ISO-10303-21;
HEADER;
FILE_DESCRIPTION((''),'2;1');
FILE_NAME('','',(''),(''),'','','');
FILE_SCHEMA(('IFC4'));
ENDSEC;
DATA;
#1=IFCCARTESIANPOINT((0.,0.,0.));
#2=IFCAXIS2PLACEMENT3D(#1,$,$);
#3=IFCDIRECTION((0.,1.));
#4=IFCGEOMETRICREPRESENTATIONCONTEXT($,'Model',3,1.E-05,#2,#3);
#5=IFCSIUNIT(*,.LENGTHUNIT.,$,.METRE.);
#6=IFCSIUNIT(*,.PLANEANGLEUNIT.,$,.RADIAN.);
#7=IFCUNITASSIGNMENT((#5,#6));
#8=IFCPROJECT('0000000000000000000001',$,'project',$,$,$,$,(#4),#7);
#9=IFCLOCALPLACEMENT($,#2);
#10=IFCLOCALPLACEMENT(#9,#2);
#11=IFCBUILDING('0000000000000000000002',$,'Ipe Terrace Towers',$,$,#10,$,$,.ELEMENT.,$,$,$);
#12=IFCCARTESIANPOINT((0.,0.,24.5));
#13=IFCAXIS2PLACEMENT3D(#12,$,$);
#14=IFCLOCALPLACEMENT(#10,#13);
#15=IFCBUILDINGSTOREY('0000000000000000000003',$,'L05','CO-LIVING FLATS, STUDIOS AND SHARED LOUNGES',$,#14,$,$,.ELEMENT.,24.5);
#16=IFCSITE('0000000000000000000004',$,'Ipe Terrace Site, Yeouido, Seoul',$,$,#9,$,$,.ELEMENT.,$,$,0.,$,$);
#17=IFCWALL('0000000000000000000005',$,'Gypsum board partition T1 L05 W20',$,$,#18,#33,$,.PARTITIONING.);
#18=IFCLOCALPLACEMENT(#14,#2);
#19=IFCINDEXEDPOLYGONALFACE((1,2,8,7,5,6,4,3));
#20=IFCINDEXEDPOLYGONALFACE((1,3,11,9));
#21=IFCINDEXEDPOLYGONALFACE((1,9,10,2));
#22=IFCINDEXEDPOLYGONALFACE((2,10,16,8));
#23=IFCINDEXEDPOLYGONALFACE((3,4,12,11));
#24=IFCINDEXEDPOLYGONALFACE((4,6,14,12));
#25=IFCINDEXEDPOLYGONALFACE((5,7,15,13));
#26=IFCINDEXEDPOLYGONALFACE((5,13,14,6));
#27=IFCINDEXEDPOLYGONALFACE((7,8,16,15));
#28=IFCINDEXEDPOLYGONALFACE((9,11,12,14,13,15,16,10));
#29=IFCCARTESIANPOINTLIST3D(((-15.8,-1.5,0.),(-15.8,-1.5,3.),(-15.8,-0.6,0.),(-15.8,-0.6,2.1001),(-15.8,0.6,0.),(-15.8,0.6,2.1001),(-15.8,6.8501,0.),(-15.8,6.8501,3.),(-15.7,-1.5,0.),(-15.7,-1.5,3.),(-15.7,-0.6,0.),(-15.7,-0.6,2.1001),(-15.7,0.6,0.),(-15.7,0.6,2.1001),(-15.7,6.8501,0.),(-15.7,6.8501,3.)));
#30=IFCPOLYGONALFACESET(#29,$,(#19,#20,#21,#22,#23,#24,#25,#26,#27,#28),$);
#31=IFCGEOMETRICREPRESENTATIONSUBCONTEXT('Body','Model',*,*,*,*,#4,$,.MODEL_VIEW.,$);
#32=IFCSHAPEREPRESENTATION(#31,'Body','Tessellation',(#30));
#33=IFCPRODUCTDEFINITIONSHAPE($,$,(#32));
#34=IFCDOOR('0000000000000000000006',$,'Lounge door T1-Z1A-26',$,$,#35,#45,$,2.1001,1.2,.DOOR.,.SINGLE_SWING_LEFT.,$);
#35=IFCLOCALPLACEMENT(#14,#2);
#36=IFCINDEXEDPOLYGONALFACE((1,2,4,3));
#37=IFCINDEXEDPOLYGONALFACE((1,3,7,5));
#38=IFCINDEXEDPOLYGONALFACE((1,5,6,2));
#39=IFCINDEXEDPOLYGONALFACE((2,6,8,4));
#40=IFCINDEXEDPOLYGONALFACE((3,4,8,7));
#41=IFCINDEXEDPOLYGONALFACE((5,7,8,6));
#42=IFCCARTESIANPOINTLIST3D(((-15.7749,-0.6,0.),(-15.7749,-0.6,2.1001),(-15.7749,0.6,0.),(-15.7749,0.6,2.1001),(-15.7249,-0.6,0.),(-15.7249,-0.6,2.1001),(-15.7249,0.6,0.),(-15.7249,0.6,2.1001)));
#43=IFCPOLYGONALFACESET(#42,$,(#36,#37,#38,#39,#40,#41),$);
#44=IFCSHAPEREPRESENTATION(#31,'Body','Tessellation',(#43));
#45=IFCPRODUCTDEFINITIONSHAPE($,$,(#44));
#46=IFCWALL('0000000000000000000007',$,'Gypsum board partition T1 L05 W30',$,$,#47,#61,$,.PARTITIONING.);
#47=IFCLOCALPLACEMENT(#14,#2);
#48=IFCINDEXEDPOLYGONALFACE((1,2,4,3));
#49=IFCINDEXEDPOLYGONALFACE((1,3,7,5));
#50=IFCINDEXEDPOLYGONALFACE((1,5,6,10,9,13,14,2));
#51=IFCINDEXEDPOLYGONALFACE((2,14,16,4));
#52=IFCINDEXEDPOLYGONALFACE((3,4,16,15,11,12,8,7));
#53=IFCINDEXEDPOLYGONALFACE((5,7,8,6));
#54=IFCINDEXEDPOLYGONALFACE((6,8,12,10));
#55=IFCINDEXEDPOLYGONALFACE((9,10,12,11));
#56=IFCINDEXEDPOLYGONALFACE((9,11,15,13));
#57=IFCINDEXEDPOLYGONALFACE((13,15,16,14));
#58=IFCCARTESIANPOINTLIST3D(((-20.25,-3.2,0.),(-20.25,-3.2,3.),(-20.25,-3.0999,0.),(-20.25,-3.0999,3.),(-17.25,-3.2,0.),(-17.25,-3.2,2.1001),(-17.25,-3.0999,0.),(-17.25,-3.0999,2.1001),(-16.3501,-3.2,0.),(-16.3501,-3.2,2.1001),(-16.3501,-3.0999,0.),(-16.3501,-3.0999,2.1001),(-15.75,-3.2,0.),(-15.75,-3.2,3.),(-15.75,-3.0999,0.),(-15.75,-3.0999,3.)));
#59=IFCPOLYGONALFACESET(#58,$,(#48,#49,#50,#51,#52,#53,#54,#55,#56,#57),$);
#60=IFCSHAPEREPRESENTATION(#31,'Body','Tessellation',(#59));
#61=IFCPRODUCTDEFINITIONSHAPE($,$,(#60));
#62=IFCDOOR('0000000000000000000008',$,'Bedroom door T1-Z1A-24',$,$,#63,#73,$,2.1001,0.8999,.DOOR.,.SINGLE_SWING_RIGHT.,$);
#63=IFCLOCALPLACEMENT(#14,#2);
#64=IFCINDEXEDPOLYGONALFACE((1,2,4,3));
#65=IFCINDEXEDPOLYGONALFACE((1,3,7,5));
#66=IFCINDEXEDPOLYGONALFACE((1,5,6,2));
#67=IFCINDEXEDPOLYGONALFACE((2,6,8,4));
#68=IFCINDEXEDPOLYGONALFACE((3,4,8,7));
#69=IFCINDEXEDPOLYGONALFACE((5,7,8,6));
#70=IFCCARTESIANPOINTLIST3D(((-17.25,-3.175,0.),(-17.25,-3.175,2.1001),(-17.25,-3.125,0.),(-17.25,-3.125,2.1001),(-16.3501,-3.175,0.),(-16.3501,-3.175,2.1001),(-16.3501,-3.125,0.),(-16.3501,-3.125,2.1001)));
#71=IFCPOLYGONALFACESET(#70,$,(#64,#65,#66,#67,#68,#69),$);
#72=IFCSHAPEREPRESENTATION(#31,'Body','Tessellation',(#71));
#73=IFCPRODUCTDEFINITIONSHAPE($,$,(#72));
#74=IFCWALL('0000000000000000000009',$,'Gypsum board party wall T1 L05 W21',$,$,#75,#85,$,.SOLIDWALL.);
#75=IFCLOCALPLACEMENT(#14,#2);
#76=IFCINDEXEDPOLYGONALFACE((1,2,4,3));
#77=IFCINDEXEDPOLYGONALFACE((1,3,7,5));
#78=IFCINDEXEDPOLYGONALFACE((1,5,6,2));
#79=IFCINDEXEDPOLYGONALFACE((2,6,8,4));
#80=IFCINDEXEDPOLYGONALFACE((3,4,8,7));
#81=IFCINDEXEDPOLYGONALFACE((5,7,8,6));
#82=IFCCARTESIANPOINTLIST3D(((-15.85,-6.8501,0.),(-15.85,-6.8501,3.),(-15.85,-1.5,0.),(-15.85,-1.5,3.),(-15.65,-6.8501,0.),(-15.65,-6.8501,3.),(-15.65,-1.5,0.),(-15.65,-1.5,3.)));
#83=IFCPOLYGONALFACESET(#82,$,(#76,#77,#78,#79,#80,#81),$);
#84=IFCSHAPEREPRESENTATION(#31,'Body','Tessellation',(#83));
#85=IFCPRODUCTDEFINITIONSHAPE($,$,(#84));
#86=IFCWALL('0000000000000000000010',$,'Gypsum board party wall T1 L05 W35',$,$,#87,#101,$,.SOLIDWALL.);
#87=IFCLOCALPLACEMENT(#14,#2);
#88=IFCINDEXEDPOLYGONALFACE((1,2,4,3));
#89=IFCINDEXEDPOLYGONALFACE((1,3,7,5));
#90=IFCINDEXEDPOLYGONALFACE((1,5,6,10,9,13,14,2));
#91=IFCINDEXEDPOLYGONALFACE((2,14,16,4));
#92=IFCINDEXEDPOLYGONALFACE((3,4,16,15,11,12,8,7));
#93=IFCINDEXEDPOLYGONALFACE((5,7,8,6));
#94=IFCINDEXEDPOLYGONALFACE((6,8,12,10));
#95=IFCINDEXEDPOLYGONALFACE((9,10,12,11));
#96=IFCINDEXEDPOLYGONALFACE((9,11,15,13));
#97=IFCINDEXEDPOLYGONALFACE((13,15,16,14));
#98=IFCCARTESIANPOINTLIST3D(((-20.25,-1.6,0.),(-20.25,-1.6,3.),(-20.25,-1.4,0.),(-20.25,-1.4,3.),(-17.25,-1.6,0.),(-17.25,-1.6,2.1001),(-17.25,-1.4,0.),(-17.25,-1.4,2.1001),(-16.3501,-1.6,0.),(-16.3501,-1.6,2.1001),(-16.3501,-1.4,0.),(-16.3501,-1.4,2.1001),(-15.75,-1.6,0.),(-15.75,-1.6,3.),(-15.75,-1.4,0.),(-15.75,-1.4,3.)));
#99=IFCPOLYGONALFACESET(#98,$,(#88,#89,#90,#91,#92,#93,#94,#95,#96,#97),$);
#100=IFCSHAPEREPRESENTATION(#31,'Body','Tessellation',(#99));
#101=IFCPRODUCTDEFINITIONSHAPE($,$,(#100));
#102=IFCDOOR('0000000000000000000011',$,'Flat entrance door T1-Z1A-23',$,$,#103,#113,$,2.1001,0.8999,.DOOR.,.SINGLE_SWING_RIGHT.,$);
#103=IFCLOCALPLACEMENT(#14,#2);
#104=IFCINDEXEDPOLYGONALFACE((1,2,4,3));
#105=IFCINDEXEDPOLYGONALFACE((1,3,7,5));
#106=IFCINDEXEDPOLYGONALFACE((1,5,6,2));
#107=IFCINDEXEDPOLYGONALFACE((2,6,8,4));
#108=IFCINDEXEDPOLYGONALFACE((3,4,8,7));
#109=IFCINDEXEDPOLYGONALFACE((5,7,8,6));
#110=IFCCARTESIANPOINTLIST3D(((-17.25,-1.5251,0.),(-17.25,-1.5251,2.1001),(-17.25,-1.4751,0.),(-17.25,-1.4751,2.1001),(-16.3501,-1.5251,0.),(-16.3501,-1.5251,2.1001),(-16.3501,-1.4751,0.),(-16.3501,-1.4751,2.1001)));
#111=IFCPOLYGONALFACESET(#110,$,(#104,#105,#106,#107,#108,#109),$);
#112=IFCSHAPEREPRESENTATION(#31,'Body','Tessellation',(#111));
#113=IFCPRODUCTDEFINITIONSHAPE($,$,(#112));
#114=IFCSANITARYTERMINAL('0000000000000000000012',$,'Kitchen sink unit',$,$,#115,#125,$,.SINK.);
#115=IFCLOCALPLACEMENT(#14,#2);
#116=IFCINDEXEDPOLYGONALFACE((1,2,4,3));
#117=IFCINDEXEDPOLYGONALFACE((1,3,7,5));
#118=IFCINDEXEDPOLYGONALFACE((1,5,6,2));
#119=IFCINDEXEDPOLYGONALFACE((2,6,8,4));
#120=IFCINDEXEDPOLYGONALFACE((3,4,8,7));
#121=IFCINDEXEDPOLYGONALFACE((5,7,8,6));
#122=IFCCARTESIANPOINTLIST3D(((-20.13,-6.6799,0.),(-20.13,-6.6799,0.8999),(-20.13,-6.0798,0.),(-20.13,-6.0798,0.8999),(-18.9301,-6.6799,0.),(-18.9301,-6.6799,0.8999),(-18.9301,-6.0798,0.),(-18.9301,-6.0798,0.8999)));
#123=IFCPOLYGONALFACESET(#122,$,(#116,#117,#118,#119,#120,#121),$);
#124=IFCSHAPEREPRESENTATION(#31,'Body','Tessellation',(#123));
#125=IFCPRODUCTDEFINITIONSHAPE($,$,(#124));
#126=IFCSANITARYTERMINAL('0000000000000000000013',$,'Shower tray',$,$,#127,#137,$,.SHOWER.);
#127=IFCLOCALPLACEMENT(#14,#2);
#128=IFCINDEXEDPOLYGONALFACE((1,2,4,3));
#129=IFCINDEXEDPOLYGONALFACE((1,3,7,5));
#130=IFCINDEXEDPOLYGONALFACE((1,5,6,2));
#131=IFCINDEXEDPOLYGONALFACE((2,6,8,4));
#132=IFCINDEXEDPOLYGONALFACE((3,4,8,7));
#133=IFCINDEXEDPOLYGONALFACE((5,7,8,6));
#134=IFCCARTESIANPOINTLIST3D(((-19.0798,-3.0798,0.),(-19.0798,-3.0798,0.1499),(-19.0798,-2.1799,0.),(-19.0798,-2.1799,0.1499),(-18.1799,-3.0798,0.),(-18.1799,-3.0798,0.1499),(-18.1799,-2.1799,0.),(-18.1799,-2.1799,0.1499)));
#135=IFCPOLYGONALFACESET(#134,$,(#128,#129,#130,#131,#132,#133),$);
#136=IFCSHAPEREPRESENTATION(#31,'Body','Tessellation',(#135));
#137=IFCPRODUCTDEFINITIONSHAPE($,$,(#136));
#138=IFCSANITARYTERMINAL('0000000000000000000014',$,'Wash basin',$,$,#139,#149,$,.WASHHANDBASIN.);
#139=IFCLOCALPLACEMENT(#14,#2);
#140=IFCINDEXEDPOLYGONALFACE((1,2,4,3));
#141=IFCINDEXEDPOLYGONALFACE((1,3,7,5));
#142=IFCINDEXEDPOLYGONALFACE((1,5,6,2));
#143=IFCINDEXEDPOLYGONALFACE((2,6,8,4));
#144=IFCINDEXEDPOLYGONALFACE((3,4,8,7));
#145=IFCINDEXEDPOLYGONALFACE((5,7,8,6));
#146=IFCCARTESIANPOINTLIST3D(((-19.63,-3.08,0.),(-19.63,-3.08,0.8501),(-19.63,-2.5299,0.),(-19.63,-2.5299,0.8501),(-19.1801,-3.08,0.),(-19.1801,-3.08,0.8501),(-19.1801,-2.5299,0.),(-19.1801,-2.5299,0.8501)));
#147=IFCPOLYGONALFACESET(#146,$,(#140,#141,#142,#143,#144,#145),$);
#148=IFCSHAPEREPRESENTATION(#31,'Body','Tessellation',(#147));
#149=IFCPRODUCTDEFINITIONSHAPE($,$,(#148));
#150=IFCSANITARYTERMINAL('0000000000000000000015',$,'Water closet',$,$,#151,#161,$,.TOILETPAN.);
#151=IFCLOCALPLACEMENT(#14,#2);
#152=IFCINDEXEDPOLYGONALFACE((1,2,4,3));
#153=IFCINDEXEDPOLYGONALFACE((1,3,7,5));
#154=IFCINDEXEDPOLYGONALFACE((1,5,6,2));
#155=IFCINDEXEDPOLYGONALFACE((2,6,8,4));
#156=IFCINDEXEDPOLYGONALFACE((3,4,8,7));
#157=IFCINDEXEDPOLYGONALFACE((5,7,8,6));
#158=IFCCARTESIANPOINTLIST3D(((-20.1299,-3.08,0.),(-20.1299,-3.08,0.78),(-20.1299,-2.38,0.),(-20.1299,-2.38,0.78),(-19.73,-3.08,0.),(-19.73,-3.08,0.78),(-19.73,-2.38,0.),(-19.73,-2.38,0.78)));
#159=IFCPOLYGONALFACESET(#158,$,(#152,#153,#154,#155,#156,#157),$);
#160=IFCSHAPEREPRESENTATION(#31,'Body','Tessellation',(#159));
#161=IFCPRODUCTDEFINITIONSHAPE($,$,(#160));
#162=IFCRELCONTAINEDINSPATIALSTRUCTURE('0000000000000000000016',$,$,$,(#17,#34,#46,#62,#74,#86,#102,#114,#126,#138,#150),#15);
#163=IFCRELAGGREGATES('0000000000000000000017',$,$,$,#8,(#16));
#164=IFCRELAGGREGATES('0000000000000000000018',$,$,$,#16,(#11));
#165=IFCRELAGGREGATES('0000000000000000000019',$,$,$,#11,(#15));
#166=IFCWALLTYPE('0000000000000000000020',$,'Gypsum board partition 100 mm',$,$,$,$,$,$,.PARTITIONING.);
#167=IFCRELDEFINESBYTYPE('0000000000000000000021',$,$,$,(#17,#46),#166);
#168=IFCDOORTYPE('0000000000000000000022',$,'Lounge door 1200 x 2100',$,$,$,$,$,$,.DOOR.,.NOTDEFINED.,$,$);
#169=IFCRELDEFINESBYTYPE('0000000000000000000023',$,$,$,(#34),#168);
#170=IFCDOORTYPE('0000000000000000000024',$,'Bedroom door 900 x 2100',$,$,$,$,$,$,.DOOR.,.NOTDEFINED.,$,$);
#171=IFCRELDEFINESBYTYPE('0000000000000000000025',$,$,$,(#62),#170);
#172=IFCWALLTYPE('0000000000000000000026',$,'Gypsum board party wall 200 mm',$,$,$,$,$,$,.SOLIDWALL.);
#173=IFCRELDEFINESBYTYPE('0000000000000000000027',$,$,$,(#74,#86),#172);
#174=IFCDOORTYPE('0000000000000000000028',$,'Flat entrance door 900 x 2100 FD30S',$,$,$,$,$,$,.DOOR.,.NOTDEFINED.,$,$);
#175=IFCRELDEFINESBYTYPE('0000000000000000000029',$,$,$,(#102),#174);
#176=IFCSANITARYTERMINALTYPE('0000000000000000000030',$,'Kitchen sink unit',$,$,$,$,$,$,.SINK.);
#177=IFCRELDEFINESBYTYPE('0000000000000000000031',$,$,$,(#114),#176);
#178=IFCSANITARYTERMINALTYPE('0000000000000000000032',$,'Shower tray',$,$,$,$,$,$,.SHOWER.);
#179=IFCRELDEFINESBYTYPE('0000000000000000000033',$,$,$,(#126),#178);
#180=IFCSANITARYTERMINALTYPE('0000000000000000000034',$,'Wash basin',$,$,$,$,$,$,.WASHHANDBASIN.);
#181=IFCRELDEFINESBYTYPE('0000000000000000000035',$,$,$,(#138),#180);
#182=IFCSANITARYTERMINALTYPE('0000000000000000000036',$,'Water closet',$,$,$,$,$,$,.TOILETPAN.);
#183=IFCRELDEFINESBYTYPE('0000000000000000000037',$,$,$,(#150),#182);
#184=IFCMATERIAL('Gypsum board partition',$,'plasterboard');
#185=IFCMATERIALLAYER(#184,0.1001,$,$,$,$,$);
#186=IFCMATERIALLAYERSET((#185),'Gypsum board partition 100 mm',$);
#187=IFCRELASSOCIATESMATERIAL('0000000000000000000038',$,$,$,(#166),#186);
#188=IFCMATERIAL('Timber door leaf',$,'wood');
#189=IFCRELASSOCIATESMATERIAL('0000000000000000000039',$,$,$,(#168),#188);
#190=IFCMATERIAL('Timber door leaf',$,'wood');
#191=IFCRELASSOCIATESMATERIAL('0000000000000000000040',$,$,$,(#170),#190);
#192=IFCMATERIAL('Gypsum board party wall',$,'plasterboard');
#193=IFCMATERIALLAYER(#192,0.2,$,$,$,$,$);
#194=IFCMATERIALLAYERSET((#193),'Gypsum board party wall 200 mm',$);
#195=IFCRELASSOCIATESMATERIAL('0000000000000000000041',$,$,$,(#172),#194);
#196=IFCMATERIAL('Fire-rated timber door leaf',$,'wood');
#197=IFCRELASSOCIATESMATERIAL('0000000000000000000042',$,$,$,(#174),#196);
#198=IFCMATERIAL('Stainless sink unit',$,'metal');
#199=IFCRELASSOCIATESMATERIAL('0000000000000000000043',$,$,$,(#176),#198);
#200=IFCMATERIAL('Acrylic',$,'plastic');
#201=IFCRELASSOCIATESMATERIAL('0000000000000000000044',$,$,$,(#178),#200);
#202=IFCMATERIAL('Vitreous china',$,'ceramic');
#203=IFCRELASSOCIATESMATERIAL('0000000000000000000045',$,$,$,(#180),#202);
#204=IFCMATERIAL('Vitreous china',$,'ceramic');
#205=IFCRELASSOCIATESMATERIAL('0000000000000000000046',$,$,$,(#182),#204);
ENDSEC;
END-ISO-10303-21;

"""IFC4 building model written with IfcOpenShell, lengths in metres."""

from ifc_helpers import new_model, si_unit, direction, frame, frame_2d, origin, origin_2d, place, context, subcontext, project, spatial, rectangle, extrude, material, layer, layer_set, type_object, element, fill, save


model = new_model("IFC4")

# Units and contexts
model_context = context("Model", 3, precision=1e-05, world=origin(), true_north=direction((0.0, 1.0)))
body_context = subcontext(model_context, "Body", "Model", "MODEL_VIEW")
ifc_project = project(units=[si_unit("LENGTHUNIT", "METRE"), si_unit("PLANEANGLEUNIT", "RADIAN")], contexts=[model_context])

# Site, building, storey
site_placement = place(None, origin())
site = spatial("IfcSite", under=ifc_project, at=site_placement, Name="Ipe Terrace Site, Yeouido, Seoul", CompositionType="ELEMENT", RefElevation=0.0)
building_placement = place(site_placement, origin())
building = spatial("IfcBuilding", under=site, at=building_placement, Name="Ipe Terrace Towers", CompositionType="ELEMENT")
storey_placement = place(building_placement, frame((0.0, 0.0, 24.5)))
storey = spatial("IfcBuildingStorey", under=building, at=storey_placement, Name="L05", Description="CO-LIVING FLATS, STUDIOS AND SHARED LOUNGES", CompositionType="ELEMENT", Elevation=24.5)

# Walls, openings, doors
ifc_material_1 = material(Name="Gypsum board partition", Category="plasterboard")
ifc_layer_1 = layer(ifc_material_1, 0.1001)
ifc_layer_set_1 = layer_set([ifc_layer_1], Name="Gypsum board partition 100 mm")
wall_type_1 = type_object("IfcWallType", Name="Gypsum board partition 100 mm", PredefinedType="PARTITIONING", material=ifc_layer_set_1)
wall_1_placement = place(storey_placement, frame((-15.75, -1.5, 0.0), z_axis=(0.0, 0.0, 1.0), x_axis=(0.0, 1.0, 0.0)))
wall_1 = element("IfcWall", 1, at=wall_1_placement, inside=storey, type_object=wall_type_1, Name="Gypsum board partition T1 L05 W20", PredefinedType="PARTITIONING", context=body_context, shape_type="SweptSolid", body=[
    extrude(rectangle(XDim=8.3501, YDim=0.1001, at=frame_2d((4.175, 0.0))), origin(), (0.0, 0.0, 1.0), 3.0),
])
opening_1_placement = place(wall_1_placement, frame((0.8999, 0.0, 0.0)))
opening_1 = element("IfcOpeningElement", 2, at=opening_1_placement, cuts=wall_1, PredefinedType="OPENING", context=body_context, shape_type="SweptSolid", body=[
    extrude(rectangle(XDim=1.2, YDim=2.1001, at=frame_2d((0.6001, 1.05))), frame((0.0, 0.0601, 0.0), z_axis=(0.0, -1.0, 0.0), x_axis=(1.0, 0.0, 0.0)), (0.0, 0.0, 1.0), 0.1201),
])
ifc_material_2 = material(Name="Timber door leaf", Category="wood")
door_type_1 = type_object("IfcDoorType", Name="Lounge door 1200 x 2100", OperationType="NOTDEFINED", PredefinedType="DOOR", material=ifc_material_2)
door_1_placement = place(opening_1_placement, origin())
door_1 = element("IfcDoor", 3, at=door_1_placement, inside=storey, type_object=door_type_1, Name="Lounge door T1-Z1A-26", OperationType="SINGLE_SWING_LEFT", OverallHeight=2.1001, OverallWidth=1.2, PredefinedType="DOOR", context=body_context, shape_type="SweptSolid", body=[
    extrude(rectangle(XDim=1.2, YDim=2.1001, at=frame_2d((0.6001, 1.05))), frame((0.0, 0.0249, 0.0), z_axis=(0.0, -1.0, 0.0), x_axis=(1.0, 0.0, 0.0)), (0.0, 0.0, 1.0), 0.05),
])
fill(opening_1, door_1)
wall_2_placement = place(storey_placement, frame((-20.25, -3.1499, 0.0), z_axis=(0.0, 0.0, 1.0), x_axis=(1.0, 0.0, 0.0)))
wall_2 = element("IfcWall", 4, at=wall_2_placement, inside=storey, type_object=wall_type_1, Name="Gypsum board partition T1 L05 W30", PredefinedType="PARTITIONING", context=body_context, shape_type="SweptSolid", body=[
    extrude(rectangle(XDim=4.5, YDim=0.1001, at=frame_2d((2.25, 0.0))), origin(), (0.0, 0.0, 1.0), 3.0),
])
opening_2_placement = place(wall_2_placement, frame((3.0, 0.0, 0.0)))
opening_2 = element("IfcOpeningElement", 5, at=opening_2_placement, cuts=wall_2, PredefinedType="OPENING", context=body_context, shape_type="SweptSolid", body=[
    extrude(rectangle(XDim=0.8999, YDim=2.1001, at=frame_2d((0.45, 1.05))), frame((0.0, 0.0601, 0.0), z_axis=(0.0, -1.0, 0.0), x_axis=(1.0, 0.0, 0.0)), (0.0, 0.0, 1.0), 0.1201),
])
ifc_material_3 = material(Name="Timber door leaf", Category="wood")
door_type_2 = type_object("IfcDoorType", Name="Bedroom door 900 x 2100", OperationType="NOTDEFINED", PredefinedType="DOOR", material=ifc_material_3)
door_2_placement = place(opening_2_placement, origin())
door_2 = element("IfcDoor", 6, at=door_2_placement, inside=storey, type_object=door_type_2, Name="Bedroom door T1-Z1A-24", OperationType="SINGLE_SWING_RIGHT", OverallHeight=2.1001, OverallWidth=0.8999, PredefinedType="DOOR", context=body_context, shape_type="SweptSolid", body=[
    extrude(rectangle(XDim=0.8999, YDim=2.1001, at=frame_2d((0.45, 1.05))), frame((0.0, 0.0249, 0.0), z_axis=(0.0, -1.0, 0.0), x_axis=(1.0, 0.0, 0.0)), (0.0, 0.0, 1.0), 0.05),
])
fill(opening_2, door_2)

# Wall
ifc_material_4 = material(Name="Gypsum board party wall", Category="plasterboard")
ifc_layer_2 = layer(ifc_material_4, 0.2)
ifc_layer_set_2 = layer_set([ifc_layer_2], Name="Gypsum board party wall 200 mm")
wall_type_2 = type_object("IfcWallType", Name="Gypsum board party wall 200 mm", PredefinedType="SOLIDWALL", material=ifc_layer_set_2)
wall_3_placement = place(storey_placement, frame((-15.75, -6.8501, 0.0), z_axis=(0.0, 0.0, 1.0), x_axis=(0.0, 1.0, 0.0)))
element("IfcWall", 7, at=wall_3_placement, inside=storey, type_object=wall_type_2, Name="Gypsum board party wall T1 L05 W21", PredefinedType="SOLIDWALL", context=body_context, shape_type="SweptSolid", body=[
    extrude(rectangle(XDim=5.3501, YDim=0.2, at=frame_2d((2.675, 0.0))), origin(), (0.0, 0.0, 1.0), 3.0),
])

# Wall, opening, door
wall_4_placement = place(storey_placement, frame((-20.25, -1.5, 0.0), z_axis=(0.0, 0.0, 1.0), x_axis=(1.0, 0.0, 0.0)))
wall_4 = element("IfcWall", 8, at=wall_4_placement, inside=storey, type_object=wall_type_2, Name="Gypsum board party wall T1 L05 W35", PredefinedType="SOLIDWALL", context=body_context, shape_type="SweptSolid", body=[
    extrude(rectangle(XDim=4.5, YDim=0.2, at=frame_2d((2.25, 0.0))), origin(), (0.0, 0.0, 1.0), 3.0),
])
opening_3_placement = place(wall_4_placement, frame((3.0, 0.0, 0.0)))
opening_3 = element("IfcOpeningElement", 9, at=opening_3_placement, cuts=wall_4, PredefinedType="OPENING", context=body_context, shape_type="SweptSolid", body=[
    extrude(rectangle(XDim=0.8999, YDim=2.1001, at=frame_2d((0.45, 1.05))), frame((0.0, 0.1099, 0.0), z_axis=(0.0, -1.0, 0.0), x_axis=(1.0, 0.0, 0.0)), (0.0, 0.0, 1.0), 0.22),
])
ifc_material_5 = material(Name="Fire-rated timber door leaf", Category="wood")
door_type_3 = type_object("IfcDoorType", Name="Flat entrance door 900 x 2100 FD30S", OperationType="NOTDEFINED", PredefinedType="DOOR", material=ifc_material_5)
door_3_placement = place(opening_3_placement, origin())
door_3 = element("IfcDoor", 10, at=door_3_placement, inside=storey, type_object=door_type_3, Name="Flat entrance door T1-Z1A-23", OperationType="SINGLE_SWING_RIGHT", OverallHeight=2.1001, OverallWidth=0.8999, PredefinedType="DOOR", context=body_context, shape_type="SweptSolid", body=[
    extrude(rectangle(XDim=0.8999, YDim=2.1001, at=frame_2d((0.45, 1.05))), frame((0.0, 0.0249, 0.0), z_axis=(0.0, -1.0, 0.0), x_axis=(1.0, 0.0, 0.0)), (0.0, 0.0, 1.0), 0.05),
])
fill(opening_3, door_3)

# Sanitary terminals
ifc_material_6 = material(Name="Stainless sink unit", Category="metal")
sanitary_terminal_type_1 = type_object("IfcSanitaryTerminalType", Name="Kitchen sink unit", PredefinedType="SINK", material=ifc_material_6)
sanitary_terminal_1_placement = place(storey_placement, frame((-19.53, -6.3799, 0.0), z_axis=(0.0, 0.0, 1.0), x_axis=(-1.0, 0.0, 0.0)))
element("IfcSanitaryTerminal", 11, at=sanitary_terminal_1_placement, inside=storey, type_object=sanitary_terminal_type_1, Name="Kitchen sink unit", PredefinedType="SINK", context=body_context, shape_type="SweptSolid", body=[
    extrude(rectangle(XDim=1.2, YDim=0.6001, at=origin_2d()), origin(), (0.0, 0.0, 1.0), 0.8999),
])
ifc_material_7 = material(Name="Acrylic", Category="plastic")
sanitary_terminal_type_2 = type_object("IfcSanitaryTerminalType", Name="Shower tray", PredefinedType="SHOWER", material=ifc_material_7)
sanitary_terminal_2_placement = place(storey_placement, frame((-18.6299, -2.6299, 0.0), z_axis=(0.0, 0.0, 1.0), x_axis=(0.0, 1.0, 0.0)))
element("IfcSanitaryTerminal", 12, at=sanitary_terminal_2_placement, inside=storey, type_object=sanitary_terminal_type_2, Name="Shower tray", PredefinedType="SHOWER", context=body_context, shape_type="SweptSolid", body=[
    extrude(rectangle(XDim=0.8999, YDim=0.8999, at=origin_2d()), origin(), (0.0, 0.0, 1.0), 0.1499),
])
ifc_material_8 = material(Name="Vitreous china", Category="ceramic")
sanitary_terminal_type_3 = type_object("IfcSanitaryTerminalType", Name="Wash basin", PredefinedType="WASHHANDBASIN", material=ifc_material_8)
sanitary_terminal_3_placement = place(storey_placement, frame((-19.405, -2.8049, 0.0), z_axis=(0.0, 0.0, 1.0), x_axis=(0.0, 1.0, 0.0)))
element("IfcSanitaryTerminal", 13, at=sanitary_terminal_3_placement, inside=storey, type_object=sanitary_terminal_type_3, Name="Wash basin", PredefinedType="WASHHANDBASIN", context=body_context, shape_type="SweptSolid", body=[
    extrude(rectangle(XDim=0.55, YDim=0.45, at=origin_2d()), origin(), (0.0, 0.0, 1.0), 0.8501),
])
ifc_material_9 = material(Name="Vitreous china", Category="ceramic")
sanitary_terminal_type_4 = type_object("IfcSanitaryTerminalType", Name="Water closet", PredefinedType="TOILETPAN", material=ifc_material_9)
sanitary_terminal_4_placement = place(storey_placement, frame((-19.9299, -2.73, 0.0), z_axis=(0.0, 0.0, 1.0), x_axis=(0.0, 1.0, 0.0)))
element("IfcSanitaryTerminal", 14, at=sanitary_terminal_4_placement, inside=storey, type_object=sanitary_terminal_type_4, Name="Water closet", PredefinedType="TOILETPAN", context=body_context, shape_type="SweptSolid", body=[
    extrude(rectangle(XDim=0.7, YDim=0.3999, at=origin_2d()), origin(), (0.0, 0.0, 1.0), 0.78),
])

save(model, "model.ifc")
